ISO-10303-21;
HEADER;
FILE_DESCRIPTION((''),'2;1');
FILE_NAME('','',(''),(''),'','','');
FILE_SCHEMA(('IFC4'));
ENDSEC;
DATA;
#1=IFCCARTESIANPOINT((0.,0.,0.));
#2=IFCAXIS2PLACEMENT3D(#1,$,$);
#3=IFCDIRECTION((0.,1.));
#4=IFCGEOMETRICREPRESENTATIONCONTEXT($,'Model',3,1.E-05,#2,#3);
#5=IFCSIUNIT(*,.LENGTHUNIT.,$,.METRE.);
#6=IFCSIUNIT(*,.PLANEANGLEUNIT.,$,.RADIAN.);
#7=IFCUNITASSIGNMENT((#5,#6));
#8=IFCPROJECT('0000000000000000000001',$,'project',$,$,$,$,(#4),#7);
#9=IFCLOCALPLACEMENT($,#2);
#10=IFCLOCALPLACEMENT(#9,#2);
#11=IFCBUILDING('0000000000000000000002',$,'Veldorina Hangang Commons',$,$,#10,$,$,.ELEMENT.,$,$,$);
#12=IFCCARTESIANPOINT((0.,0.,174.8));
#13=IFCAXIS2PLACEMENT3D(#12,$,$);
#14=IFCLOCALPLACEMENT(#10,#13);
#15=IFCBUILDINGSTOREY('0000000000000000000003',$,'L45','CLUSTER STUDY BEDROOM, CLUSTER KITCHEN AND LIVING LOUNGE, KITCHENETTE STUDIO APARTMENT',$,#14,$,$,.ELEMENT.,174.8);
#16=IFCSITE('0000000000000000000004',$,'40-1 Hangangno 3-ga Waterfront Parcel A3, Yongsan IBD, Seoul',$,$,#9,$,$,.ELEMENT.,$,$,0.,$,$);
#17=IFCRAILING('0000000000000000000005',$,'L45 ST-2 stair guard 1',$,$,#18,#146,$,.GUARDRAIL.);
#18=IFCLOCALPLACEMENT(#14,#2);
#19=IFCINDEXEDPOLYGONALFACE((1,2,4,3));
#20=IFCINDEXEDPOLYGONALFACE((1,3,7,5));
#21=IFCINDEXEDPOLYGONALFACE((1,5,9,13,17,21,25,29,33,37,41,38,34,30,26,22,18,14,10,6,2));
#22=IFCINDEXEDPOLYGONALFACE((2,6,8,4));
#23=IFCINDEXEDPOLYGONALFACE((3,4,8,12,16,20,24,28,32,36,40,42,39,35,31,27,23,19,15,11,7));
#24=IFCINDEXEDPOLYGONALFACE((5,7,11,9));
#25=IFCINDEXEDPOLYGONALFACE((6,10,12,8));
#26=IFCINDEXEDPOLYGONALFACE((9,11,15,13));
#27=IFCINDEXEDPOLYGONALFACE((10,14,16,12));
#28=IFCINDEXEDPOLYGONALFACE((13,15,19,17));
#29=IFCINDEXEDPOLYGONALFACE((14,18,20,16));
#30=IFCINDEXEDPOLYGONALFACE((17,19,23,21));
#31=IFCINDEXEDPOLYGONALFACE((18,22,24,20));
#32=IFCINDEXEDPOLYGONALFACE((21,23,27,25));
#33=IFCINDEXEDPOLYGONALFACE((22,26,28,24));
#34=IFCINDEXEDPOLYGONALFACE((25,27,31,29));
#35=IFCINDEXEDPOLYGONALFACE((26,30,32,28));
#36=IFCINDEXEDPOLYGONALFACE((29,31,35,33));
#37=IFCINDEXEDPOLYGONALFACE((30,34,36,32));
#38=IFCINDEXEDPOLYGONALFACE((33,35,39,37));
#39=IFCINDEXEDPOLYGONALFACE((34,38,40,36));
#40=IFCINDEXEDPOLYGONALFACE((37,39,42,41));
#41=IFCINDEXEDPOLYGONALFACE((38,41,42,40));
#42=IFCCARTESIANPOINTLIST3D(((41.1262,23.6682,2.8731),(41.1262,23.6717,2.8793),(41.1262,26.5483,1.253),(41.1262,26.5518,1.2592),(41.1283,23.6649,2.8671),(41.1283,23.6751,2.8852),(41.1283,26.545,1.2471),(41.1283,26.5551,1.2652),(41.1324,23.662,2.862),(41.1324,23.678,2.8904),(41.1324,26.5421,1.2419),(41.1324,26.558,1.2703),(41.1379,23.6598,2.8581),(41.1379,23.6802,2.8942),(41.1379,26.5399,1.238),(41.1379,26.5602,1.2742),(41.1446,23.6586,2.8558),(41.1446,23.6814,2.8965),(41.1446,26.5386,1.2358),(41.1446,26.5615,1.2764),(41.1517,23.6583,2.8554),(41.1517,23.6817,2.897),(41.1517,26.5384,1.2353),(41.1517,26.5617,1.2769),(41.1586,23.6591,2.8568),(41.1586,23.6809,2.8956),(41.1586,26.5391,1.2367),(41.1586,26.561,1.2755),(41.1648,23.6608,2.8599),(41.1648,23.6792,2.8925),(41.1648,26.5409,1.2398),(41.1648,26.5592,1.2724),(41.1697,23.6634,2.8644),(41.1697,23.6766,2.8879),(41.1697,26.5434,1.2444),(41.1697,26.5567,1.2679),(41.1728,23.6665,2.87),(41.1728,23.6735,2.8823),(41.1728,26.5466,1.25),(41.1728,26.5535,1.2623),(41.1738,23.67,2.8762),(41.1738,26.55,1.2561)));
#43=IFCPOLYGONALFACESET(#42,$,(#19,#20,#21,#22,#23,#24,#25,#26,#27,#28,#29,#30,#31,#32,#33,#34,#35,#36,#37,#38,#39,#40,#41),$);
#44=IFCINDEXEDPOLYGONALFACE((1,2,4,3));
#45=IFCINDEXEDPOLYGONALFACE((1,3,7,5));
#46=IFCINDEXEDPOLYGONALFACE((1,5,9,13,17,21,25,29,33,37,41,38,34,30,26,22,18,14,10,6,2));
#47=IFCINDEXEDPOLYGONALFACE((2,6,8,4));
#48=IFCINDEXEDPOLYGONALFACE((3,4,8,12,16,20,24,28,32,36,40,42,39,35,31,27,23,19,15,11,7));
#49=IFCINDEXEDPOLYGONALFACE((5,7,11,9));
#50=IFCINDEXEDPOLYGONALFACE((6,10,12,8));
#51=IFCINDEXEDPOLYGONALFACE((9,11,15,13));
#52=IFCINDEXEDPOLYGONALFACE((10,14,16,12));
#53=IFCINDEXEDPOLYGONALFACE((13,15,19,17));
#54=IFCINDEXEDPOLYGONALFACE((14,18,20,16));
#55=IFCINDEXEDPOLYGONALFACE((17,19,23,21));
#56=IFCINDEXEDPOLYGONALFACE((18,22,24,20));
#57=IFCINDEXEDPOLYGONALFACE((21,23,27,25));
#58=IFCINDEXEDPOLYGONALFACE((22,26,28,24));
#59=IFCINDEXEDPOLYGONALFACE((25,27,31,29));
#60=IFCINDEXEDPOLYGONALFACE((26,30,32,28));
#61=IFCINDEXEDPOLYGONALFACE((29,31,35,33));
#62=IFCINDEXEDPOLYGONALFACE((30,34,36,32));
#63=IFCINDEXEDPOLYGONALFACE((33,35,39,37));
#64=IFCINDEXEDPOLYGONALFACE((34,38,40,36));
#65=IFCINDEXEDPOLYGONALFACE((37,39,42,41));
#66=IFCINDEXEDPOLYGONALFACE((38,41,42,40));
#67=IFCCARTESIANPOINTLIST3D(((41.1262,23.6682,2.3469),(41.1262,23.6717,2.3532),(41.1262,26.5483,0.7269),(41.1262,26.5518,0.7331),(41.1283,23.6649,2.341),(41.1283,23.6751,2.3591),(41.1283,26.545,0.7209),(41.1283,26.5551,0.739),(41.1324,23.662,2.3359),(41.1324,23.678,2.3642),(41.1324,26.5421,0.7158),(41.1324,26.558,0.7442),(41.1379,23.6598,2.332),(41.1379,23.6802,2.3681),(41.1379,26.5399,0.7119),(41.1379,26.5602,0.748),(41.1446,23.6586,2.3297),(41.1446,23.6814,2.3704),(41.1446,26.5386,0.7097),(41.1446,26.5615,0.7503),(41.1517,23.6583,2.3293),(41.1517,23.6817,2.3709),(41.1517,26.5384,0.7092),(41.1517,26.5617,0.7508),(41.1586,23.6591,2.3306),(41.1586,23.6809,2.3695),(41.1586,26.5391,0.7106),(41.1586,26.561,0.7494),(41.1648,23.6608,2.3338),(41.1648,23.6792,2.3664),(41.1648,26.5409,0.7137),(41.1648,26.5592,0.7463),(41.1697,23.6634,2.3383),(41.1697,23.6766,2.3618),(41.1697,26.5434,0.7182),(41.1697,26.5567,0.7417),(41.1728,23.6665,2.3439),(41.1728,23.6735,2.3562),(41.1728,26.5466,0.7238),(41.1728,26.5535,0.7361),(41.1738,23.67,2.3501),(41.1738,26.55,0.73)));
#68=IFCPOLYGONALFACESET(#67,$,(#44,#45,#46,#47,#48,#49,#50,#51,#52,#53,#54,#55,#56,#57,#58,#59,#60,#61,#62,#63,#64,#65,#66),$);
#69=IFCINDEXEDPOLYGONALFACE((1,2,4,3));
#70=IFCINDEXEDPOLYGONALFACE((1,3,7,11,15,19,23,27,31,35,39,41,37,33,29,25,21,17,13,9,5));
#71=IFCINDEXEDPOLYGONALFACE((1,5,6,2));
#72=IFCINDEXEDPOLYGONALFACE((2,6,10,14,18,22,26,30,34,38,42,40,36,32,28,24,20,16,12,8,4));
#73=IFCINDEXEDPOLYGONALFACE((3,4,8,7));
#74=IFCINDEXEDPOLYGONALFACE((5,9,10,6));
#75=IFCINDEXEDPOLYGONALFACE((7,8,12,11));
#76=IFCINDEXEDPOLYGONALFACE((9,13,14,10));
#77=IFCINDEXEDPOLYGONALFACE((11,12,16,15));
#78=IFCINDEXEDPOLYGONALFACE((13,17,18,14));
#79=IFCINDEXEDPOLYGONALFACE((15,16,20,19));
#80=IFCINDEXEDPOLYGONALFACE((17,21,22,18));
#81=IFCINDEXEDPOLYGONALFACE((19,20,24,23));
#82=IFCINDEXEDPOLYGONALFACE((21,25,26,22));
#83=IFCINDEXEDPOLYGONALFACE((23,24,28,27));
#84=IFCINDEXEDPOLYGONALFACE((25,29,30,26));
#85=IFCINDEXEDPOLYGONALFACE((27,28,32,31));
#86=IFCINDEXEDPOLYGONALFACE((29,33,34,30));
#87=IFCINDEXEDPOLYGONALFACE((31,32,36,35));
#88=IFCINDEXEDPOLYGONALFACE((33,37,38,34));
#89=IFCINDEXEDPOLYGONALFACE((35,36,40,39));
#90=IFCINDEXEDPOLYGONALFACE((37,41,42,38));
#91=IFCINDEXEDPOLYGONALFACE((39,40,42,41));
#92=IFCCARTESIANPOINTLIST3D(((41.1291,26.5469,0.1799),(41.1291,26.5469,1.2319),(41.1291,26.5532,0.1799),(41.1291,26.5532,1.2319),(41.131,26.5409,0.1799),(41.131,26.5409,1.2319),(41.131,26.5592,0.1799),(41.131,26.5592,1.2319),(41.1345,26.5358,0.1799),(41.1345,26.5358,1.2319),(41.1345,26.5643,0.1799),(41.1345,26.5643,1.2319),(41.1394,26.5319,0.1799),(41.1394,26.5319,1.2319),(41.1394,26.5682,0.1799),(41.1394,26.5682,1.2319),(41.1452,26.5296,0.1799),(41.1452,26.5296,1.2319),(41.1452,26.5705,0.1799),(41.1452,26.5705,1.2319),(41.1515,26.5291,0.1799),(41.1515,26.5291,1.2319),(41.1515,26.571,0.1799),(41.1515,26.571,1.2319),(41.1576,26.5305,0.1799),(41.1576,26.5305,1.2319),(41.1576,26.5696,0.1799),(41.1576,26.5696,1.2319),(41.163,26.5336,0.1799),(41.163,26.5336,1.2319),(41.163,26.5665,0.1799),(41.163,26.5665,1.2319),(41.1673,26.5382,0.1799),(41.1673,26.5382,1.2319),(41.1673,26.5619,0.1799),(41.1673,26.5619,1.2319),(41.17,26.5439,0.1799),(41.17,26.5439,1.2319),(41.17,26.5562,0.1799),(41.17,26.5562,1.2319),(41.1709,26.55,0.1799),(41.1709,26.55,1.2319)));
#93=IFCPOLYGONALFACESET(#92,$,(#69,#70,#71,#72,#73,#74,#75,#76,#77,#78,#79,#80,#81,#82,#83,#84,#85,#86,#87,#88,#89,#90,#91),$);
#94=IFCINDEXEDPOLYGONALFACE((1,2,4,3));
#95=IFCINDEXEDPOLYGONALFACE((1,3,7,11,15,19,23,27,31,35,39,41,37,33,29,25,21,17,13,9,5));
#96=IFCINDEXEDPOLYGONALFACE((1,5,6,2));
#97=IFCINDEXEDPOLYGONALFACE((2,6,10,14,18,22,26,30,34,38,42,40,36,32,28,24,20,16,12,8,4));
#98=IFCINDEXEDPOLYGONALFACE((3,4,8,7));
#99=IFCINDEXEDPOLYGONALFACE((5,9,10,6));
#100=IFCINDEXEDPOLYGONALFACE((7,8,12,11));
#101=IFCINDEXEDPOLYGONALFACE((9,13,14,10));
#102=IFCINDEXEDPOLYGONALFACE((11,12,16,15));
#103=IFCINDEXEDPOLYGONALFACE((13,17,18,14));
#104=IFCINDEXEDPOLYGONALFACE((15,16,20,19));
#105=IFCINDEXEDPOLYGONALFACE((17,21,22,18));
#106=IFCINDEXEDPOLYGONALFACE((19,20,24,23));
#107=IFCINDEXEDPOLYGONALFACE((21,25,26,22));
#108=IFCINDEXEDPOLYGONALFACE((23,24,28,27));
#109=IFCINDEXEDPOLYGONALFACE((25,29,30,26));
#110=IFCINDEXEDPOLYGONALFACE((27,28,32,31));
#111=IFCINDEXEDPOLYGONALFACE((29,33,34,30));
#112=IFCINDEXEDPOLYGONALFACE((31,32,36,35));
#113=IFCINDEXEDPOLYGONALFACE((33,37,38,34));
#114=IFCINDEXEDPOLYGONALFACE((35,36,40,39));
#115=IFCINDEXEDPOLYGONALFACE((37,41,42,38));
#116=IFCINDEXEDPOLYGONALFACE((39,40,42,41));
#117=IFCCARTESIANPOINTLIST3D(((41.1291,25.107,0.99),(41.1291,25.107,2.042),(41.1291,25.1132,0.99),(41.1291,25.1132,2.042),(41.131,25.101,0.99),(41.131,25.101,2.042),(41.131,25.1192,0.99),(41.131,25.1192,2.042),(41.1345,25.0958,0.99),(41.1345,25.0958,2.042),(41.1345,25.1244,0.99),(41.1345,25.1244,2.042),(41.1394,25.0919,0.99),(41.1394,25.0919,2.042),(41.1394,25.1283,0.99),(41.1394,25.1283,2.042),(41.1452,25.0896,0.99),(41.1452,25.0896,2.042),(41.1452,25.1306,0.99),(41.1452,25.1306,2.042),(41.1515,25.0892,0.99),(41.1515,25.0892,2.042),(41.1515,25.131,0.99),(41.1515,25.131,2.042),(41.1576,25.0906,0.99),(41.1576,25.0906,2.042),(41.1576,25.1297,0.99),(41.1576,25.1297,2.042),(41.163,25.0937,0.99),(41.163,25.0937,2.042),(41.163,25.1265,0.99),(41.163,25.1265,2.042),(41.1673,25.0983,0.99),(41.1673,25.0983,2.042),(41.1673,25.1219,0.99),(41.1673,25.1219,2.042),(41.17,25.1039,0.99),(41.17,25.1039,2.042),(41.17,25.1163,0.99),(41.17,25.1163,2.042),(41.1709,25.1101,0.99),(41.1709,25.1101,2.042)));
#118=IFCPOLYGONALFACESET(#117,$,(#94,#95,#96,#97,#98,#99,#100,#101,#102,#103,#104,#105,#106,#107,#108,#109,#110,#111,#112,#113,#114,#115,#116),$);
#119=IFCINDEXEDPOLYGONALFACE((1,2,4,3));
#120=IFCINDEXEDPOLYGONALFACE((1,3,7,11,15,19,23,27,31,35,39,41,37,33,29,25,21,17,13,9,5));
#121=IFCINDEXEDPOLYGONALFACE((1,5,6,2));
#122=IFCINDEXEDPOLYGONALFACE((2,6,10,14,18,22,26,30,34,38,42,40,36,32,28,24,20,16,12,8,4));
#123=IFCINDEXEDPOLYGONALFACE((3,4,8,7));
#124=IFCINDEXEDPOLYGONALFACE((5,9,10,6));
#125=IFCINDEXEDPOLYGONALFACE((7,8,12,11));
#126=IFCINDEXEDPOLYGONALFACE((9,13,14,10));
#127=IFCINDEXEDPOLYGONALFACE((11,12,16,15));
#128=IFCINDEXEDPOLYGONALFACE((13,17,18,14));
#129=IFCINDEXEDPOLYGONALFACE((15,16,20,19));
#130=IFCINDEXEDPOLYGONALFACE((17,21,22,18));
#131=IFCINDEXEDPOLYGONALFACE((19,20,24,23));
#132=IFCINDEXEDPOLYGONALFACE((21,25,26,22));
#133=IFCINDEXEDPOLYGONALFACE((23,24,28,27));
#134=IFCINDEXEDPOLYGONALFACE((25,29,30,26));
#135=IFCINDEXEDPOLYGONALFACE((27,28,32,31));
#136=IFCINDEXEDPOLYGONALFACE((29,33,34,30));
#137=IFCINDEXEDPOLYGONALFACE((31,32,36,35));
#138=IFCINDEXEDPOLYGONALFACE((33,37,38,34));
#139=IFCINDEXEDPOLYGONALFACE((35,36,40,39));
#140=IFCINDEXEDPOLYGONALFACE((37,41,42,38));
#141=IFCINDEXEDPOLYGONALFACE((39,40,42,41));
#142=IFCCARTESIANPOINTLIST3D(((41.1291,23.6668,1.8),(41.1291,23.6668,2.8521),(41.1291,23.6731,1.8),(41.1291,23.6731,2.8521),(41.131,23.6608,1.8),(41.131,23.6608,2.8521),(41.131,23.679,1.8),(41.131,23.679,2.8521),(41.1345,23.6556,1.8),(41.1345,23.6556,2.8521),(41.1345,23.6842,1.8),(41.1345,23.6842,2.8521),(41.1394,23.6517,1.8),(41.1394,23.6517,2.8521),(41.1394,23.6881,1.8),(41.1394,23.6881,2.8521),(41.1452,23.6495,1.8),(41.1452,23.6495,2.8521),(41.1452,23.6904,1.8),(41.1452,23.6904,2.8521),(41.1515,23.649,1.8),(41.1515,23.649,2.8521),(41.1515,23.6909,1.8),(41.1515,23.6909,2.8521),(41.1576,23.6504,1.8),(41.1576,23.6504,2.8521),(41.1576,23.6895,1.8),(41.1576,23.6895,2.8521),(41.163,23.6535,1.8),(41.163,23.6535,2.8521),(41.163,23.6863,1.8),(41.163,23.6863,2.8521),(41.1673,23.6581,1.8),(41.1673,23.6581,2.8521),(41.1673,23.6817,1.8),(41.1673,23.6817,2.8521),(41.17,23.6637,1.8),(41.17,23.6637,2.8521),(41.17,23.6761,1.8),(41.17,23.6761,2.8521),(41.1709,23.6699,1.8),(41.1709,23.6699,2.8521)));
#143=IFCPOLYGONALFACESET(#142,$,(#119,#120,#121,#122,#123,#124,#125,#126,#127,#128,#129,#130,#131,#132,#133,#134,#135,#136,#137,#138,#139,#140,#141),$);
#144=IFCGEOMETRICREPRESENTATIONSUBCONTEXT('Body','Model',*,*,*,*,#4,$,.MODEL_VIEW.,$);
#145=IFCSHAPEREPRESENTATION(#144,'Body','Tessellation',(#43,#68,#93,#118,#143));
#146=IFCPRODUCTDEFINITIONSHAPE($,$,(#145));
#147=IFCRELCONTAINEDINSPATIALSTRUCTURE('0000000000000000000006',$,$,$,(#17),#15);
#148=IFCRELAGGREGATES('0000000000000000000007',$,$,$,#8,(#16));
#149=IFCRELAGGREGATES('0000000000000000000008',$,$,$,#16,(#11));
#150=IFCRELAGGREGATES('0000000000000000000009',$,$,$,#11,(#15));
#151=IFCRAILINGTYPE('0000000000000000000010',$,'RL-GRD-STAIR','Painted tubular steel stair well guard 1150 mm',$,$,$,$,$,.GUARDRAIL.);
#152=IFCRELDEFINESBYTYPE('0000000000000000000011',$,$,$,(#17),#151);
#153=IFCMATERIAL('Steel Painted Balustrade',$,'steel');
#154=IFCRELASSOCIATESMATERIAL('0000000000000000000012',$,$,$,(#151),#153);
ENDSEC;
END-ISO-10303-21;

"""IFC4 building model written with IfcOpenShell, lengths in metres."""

from ifc_helpers import new_model, si_unit, direction, frame, origin, origin_2d, place, context, subcontext, project, spatial, circle, extrude, material, type_object, element, save


model = new_model("IFC4")

# Units and contexts
model_context = context("Model", 3, precision=1e-05, world=origin(), true_north=direction((0.0, 1.0)))
body_context = subcontext(model_context, "Body", "Model", "MODEL_VIEW")
ifc_project = project(units=[si_unit("LENGTHUNIT", "METRE"), si_unit("PLANEANGLEUNIT", "RADIAN")], contexts=[model_context])

# Site, building, storey
site_placement = place(None, origin())
site = spatial("IfcSite", under=ifc_project, at=site_placement, Name="40-1 Hangangno 3-ga Waterfront Parcel A3, Yongsan IBD, Seoul", CompositionType="ELEMENT", RefElevation=0.0)
building_placement = place(site_placement, origin())
building = spatial("IfcBuilding", under=site, at=building_placement, Name="Veldorina Hangang Commons", CompositionType="ELEMENT")
storey_placement = place(building_placement, frame((0.0, 0.0, 174.8)))
storey = spatial("IfcBuildingStorey", under=building, at=storey_placement, Name="L45", Description="CLUSTER STUDY BEDROOM, CLUSTER KITCHEN AND LIVING LOUNGE, KITCHENETTE STUDIO APARTMENT", CompositionType="ELEMENT", Elevation=174.8)

# Railing
ifc_material_1 = material(Name="Steel Painted Balustrade", Category="steel")
railing_type_1 = type_object("IfcRailingType", Name="RL-GRD-STAIR", Description="Painted tubular steel stair well guard 1150 mm", PredefinedType="GUARDRAIL", material=ifc_material_1)
railing_1_placement = place(storey_placement, frame((41.1499, 26.55, 0.1799)))
element("IfcRailing", 1, at=railing_1_placement, inside=storey, type_object=railing_type_1, Name="L45 ST-2 stair guard 1", PredefinedType="GUARDRAIL", context=body_context, shape_type="SweptSolid", body=[
    extrude(circle(Radius=0.0239, at=origin_2d()), frame((0.0, 0.0, 1.0762), z_axis=(0.0, -0.87157, 0.490272), x_axis=(1.0, 0.0, 0.0)), (0.0, 0.0, 1.0), 3.3044),
    extrude(circle(Radius=0.0239, at=origin_2d()), frame((0.0, 0.0, 0.55), z_axis=(0.0, -0.87157, 0.490272), x_axis=(1.0, 0.0, 0.0)), (0.0, 0.0, 1.0), 3.3044),
    extrude(circle(Radius=0.021, at=origin_2d()), origin(), (0.0, 0.0, 1.0), 1.052),
    extrude(circle(Radius=0.021, at=origin_2d()), frame((0.0, -1.4399, 0.8101)), (0.0, 0.0, 1.0), 1.052),
    extrude(circle(Radius=0.021, at=origin_2d()), frame((0.0, -2.8801, 1.6201)), (0.0, 0.0, 1.0), 1.052),
])

save(model, "model.ifc")
